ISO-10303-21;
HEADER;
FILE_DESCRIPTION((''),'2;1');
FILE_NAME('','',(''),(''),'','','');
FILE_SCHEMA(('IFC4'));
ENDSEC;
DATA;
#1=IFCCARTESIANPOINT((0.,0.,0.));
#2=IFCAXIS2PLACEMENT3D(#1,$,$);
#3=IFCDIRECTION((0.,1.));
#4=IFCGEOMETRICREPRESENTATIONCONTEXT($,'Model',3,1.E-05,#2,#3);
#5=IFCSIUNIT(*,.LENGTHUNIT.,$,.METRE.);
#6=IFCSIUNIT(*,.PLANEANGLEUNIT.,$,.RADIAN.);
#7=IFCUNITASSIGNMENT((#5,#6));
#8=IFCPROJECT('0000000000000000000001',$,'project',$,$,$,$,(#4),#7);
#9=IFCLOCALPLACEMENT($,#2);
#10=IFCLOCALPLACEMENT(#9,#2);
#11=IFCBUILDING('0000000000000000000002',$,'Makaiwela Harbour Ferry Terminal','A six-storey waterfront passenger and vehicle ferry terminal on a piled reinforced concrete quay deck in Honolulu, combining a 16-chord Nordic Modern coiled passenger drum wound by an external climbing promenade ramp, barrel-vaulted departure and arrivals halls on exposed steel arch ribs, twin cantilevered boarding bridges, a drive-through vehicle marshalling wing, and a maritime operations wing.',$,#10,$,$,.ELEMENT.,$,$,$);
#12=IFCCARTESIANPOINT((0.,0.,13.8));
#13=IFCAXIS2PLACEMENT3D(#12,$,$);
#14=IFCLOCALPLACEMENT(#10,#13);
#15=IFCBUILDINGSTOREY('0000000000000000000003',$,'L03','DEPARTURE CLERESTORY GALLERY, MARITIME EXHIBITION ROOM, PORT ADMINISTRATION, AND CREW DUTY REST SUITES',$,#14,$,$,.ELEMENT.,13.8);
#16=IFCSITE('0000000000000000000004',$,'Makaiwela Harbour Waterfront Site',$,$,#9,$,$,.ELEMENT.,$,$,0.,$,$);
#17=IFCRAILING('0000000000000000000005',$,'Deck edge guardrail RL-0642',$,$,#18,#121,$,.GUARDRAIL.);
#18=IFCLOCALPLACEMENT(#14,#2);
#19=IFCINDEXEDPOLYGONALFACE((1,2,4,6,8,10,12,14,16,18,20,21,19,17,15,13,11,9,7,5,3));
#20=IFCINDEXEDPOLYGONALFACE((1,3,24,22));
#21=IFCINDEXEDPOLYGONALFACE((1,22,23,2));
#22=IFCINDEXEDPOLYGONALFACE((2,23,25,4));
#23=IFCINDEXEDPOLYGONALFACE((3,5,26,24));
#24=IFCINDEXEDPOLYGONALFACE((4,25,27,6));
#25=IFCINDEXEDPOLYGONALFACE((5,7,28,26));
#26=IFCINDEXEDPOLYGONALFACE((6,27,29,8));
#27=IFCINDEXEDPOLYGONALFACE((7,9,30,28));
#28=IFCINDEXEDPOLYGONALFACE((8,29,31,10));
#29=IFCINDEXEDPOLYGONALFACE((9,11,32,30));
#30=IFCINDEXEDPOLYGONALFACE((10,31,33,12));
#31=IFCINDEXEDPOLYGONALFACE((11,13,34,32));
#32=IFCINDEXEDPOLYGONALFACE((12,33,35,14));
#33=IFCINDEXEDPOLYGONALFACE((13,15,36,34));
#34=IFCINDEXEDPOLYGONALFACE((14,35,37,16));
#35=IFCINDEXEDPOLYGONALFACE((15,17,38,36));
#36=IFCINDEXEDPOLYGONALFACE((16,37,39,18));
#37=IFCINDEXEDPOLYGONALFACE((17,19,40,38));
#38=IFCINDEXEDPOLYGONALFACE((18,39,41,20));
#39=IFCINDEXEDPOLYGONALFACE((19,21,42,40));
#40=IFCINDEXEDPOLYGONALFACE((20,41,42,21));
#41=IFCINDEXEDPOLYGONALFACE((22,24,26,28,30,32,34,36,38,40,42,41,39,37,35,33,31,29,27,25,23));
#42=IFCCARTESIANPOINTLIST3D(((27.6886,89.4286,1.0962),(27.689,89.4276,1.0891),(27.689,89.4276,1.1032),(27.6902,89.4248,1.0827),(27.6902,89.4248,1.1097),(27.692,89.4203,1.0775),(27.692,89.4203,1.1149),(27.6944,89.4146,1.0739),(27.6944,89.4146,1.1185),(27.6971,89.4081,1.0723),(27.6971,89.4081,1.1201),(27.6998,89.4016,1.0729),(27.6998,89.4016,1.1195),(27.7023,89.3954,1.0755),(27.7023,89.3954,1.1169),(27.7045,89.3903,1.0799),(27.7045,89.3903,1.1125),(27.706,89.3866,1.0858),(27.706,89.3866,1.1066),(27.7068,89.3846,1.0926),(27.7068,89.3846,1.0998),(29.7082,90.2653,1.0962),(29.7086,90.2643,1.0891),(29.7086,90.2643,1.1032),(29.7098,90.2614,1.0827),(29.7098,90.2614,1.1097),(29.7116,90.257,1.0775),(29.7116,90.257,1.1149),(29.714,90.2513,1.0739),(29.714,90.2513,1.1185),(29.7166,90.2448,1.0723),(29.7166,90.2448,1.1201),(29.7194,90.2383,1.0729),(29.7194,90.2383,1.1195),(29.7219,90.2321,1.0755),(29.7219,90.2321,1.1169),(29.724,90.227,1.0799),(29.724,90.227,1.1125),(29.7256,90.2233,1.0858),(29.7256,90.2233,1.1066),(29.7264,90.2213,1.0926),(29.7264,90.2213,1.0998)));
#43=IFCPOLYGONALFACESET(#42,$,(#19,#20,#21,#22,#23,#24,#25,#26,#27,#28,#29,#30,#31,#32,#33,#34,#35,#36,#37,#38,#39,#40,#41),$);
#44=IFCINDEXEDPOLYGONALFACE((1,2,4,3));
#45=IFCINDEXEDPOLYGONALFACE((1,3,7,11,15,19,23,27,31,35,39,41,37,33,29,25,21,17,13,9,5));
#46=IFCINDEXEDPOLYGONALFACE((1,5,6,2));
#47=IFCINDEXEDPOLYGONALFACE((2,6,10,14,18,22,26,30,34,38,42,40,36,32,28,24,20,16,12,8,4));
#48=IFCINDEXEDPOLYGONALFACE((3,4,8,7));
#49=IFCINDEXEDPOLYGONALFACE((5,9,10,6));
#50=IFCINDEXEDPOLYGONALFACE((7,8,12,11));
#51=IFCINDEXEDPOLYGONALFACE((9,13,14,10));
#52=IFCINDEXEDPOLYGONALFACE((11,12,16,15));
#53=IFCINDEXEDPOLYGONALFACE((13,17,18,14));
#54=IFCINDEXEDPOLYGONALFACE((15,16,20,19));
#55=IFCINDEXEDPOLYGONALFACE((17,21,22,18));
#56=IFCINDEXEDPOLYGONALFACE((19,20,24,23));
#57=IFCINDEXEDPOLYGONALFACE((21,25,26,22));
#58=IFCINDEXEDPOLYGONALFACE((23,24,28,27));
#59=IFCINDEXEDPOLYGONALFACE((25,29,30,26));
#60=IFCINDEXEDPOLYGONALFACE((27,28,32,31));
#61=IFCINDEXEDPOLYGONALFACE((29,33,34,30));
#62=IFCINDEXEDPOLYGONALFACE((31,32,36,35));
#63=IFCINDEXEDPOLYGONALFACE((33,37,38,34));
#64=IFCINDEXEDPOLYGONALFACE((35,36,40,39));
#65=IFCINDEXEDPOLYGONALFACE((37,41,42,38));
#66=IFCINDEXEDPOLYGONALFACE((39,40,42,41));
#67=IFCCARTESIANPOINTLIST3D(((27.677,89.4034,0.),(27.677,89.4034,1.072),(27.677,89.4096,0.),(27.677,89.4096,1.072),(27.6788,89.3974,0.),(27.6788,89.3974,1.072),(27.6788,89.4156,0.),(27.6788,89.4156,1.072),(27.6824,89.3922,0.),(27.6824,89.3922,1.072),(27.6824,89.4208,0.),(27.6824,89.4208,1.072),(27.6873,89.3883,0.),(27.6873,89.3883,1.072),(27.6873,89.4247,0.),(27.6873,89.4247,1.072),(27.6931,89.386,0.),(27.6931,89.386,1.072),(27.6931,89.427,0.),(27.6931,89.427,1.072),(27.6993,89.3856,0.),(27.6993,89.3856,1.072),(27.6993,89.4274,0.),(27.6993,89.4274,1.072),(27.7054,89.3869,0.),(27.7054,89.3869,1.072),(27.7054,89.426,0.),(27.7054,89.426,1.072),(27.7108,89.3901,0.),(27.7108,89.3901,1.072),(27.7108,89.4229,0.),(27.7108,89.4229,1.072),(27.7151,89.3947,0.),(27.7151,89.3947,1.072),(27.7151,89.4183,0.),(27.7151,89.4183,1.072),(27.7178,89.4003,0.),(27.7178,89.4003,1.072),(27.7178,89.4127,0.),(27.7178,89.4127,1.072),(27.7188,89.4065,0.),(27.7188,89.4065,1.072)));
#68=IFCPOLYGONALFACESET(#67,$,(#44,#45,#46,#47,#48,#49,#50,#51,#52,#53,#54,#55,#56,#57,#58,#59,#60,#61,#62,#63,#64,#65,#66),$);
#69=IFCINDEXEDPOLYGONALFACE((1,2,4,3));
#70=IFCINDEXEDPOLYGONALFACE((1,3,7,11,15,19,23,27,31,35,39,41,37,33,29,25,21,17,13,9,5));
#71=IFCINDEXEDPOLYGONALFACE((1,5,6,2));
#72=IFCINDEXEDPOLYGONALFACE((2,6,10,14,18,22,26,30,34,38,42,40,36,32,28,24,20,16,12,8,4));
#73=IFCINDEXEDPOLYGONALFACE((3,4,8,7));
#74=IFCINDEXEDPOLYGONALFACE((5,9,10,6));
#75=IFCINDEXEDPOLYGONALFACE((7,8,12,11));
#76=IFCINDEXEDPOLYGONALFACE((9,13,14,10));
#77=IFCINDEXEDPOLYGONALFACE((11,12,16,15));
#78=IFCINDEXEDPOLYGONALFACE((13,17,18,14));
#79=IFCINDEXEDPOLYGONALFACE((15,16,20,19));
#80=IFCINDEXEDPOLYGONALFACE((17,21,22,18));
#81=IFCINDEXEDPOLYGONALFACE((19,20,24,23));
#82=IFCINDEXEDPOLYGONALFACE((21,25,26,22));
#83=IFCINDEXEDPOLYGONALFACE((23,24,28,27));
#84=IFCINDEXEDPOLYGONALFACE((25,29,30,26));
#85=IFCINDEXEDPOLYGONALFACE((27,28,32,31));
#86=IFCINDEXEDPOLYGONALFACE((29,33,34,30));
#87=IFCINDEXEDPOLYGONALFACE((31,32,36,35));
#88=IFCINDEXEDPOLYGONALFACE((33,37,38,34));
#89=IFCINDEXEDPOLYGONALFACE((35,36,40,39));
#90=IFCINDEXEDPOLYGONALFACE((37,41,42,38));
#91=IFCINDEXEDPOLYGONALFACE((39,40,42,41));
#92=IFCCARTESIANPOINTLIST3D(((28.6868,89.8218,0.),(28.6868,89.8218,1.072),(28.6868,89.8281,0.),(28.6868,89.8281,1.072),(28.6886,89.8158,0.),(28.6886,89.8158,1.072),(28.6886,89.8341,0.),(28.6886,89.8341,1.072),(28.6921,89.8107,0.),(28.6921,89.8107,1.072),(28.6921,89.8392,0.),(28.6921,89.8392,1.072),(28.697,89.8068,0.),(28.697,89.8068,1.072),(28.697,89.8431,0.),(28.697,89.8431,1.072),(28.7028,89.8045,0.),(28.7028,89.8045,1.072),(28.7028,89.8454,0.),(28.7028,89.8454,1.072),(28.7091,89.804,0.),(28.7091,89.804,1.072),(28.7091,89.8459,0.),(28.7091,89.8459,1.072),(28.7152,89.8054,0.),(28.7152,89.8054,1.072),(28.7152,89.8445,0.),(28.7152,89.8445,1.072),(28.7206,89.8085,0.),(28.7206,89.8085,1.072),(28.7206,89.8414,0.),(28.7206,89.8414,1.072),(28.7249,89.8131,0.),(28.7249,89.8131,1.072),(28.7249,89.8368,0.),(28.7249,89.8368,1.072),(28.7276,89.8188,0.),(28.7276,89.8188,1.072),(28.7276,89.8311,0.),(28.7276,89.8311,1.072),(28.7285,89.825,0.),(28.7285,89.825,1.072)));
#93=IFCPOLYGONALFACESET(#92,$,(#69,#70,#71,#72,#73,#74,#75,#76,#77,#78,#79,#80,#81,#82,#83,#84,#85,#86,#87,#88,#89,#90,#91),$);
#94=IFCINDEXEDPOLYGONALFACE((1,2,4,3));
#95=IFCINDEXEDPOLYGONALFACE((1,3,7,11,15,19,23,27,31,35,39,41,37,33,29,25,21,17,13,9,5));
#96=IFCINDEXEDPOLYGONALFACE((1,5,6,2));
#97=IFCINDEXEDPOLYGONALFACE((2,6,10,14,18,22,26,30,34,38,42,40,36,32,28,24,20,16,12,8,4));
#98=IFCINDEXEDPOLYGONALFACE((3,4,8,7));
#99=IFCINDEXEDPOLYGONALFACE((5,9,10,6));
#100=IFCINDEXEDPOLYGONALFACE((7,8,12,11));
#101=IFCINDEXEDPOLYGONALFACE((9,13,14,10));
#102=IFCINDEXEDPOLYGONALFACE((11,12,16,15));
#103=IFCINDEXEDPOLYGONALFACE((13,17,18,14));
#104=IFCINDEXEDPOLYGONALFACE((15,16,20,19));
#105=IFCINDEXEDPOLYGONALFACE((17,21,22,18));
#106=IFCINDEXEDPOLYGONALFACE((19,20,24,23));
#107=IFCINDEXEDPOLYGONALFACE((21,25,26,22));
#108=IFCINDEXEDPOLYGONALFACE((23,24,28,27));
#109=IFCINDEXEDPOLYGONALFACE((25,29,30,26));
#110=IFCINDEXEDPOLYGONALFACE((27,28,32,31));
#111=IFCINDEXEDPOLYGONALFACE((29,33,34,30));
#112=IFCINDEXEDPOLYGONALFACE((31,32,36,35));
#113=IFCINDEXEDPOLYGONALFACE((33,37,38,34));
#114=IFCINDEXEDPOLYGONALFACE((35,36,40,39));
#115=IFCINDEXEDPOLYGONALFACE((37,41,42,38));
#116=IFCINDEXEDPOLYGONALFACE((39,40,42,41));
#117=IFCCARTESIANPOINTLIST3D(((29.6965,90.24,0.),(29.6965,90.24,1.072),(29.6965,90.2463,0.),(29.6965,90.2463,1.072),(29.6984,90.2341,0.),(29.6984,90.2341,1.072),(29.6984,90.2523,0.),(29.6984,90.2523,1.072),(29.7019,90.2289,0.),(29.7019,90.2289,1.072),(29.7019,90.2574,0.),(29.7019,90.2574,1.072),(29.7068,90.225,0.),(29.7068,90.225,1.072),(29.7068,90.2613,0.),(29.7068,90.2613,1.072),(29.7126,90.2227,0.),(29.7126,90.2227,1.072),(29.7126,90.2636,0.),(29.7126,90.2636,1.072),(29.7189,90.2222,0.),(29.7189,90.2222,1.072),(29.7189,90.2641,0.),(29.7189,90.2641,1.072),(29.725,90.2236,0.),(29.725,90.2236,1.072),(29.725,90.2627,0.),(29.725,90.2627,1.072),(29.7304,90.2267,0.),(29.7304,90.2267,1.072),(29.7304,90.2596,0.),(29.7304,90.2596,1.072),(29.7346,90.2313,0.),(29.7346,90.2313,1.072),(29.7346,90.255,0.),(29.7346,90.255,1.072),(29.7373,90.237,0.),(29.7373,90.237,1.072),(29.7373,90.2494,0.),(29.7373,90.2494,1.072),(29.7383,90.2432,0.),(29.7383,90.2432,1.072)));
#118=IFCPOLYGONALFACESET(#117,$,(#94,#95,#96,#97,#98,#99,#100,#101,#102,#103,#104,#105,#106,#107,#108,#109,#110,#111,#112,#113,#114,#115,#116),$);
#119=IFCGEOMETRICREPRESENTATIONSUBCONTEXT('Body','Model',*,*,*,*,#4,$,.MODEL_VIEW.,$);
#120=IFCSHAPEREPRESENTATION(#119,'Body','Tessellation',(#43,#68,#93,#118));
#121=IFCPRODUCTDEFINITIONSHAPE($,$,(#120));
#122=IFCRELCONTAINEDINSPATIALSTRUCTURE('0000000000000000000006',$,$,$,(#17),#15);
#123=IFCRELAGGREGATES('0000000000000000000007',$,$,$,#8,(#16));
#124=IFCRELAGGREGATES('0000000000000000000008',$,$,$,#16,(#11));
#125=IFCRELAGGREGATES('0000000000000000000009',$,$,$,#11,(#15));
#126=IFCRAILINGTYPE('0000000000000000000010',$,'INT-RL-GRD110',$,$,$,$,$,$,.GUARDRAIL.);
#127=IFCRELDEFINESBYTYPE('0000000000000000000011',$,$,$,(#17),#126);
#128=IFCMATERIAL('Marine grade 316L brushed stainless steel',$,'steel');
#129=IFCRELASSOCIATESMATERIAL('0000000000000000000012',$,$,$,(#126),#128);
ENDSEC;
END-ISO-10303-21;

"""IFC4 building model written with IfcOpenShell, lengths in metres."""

from ifc_helpers import new_model, si_unit, direction, frame, origin, origin_2d, place, context, subcontext, project, spatial, circle, extrude, material, type_object, element, save


model = new_model("IFC4")

# Units and contexts
model_context = context("Model", 3, precision=1e-05, world=origin(), true_north=direction((0.0, 1.0)))
body_context = subcontext(model_context, "Body", "Model", "MODEL_VIEW")
ifc_project = project(units=[si_unit("LENGTHUNIT", "METRE"), si_unit("PLANEANGLEUNIT", "RADIAN")], contexts=[model_context])

# Site, building, storey
site_placement = place(None, origin())
site = spatial("IfcSite", under=ifc_project, at=site_placement, Name="Makaiwela Harbour Waterfront Site", CompositionType="ELEMENT", RefElevation=0.0)
building_placement = place(site_placement, origin())
building = spatial("IfcBuilding", under=site, at=building_placement, Name="Makaiwela Harbour Ferry Terminal", Description="A six-storey waterfront passenger and vehicle ferry terminal on a piled reinforced concrete quay deck in Honolulu, combining a 16-chord Nordic Modern coiled passenger drum wound by an external climbing promenade ramp, barrel-vaulted departure and arrivals halls on exposed steel arch ribs, twin cantilevered boarding bridges, a drive-through vehicle marshalling wing, and a maritime operations wing.", CompositionType="ELEMENT")
storey_placement = place(building_placement, frame((0.0, 0.0, 13.8)))
storey = spatial("IfcBuildingStorey", under=building, at=storey_placement, Name="L03", Description="DEPARTURE CLERESTORY GALLERY, MARITIME EXHIBITION ROOM, PORT ADMINISTRATION, AND CREW DUTY REST SUITES", CompositionType="ELEMENT", Elevation=13.8)

# Railing
ifc_material_1 = material(Name="Marine grade 316L brushed stainless steel", Category="steel")
railing_type = type_object("IfcRailingType", Name="INT-RL-GRD110", PredefinedType="GUARDRAIL", material=ifc_material_1)
railing_1_placement = place(storey_placement, frame((27.6978, 89.4065, 0.0)))
element("IfcRailing", 1, at=railing_1_placement, inside=storey, type_object=railing_type, Name="Deck edge guardrail RL-0642", PredefinedType="GUARDRAIL", context=body_context, shape_type="SweptSolid", body=[
    extrude(circle(Radius=0.0239, at=origin_2d()), frame((0.0, 0.0, 1.0962), z_axis=(0.923855, 0.382743, 0.0), x_axis=(-0.382743, 0.923855, 0.0)), (0.0, 0.0, 1.0), 2.186),
    extrude(circle(Radius=0.021, at=origin_2d()), origin(), (0.0, 0.0, 1.0), 1.072),
    extrude(circle(Radius=0.021, at=origin_2d()), frame((1.0098, 0.4185, 0.0)), (0.0, 0.0, 1.0), 1.072),
    extrude(circle(Radius=0.021, at=origin_2d()), frame((2.0195, 0.8367, 0.0)), (0.0, 0.0, 1.0), 1.072),
])

save(model, "model.ifc")
